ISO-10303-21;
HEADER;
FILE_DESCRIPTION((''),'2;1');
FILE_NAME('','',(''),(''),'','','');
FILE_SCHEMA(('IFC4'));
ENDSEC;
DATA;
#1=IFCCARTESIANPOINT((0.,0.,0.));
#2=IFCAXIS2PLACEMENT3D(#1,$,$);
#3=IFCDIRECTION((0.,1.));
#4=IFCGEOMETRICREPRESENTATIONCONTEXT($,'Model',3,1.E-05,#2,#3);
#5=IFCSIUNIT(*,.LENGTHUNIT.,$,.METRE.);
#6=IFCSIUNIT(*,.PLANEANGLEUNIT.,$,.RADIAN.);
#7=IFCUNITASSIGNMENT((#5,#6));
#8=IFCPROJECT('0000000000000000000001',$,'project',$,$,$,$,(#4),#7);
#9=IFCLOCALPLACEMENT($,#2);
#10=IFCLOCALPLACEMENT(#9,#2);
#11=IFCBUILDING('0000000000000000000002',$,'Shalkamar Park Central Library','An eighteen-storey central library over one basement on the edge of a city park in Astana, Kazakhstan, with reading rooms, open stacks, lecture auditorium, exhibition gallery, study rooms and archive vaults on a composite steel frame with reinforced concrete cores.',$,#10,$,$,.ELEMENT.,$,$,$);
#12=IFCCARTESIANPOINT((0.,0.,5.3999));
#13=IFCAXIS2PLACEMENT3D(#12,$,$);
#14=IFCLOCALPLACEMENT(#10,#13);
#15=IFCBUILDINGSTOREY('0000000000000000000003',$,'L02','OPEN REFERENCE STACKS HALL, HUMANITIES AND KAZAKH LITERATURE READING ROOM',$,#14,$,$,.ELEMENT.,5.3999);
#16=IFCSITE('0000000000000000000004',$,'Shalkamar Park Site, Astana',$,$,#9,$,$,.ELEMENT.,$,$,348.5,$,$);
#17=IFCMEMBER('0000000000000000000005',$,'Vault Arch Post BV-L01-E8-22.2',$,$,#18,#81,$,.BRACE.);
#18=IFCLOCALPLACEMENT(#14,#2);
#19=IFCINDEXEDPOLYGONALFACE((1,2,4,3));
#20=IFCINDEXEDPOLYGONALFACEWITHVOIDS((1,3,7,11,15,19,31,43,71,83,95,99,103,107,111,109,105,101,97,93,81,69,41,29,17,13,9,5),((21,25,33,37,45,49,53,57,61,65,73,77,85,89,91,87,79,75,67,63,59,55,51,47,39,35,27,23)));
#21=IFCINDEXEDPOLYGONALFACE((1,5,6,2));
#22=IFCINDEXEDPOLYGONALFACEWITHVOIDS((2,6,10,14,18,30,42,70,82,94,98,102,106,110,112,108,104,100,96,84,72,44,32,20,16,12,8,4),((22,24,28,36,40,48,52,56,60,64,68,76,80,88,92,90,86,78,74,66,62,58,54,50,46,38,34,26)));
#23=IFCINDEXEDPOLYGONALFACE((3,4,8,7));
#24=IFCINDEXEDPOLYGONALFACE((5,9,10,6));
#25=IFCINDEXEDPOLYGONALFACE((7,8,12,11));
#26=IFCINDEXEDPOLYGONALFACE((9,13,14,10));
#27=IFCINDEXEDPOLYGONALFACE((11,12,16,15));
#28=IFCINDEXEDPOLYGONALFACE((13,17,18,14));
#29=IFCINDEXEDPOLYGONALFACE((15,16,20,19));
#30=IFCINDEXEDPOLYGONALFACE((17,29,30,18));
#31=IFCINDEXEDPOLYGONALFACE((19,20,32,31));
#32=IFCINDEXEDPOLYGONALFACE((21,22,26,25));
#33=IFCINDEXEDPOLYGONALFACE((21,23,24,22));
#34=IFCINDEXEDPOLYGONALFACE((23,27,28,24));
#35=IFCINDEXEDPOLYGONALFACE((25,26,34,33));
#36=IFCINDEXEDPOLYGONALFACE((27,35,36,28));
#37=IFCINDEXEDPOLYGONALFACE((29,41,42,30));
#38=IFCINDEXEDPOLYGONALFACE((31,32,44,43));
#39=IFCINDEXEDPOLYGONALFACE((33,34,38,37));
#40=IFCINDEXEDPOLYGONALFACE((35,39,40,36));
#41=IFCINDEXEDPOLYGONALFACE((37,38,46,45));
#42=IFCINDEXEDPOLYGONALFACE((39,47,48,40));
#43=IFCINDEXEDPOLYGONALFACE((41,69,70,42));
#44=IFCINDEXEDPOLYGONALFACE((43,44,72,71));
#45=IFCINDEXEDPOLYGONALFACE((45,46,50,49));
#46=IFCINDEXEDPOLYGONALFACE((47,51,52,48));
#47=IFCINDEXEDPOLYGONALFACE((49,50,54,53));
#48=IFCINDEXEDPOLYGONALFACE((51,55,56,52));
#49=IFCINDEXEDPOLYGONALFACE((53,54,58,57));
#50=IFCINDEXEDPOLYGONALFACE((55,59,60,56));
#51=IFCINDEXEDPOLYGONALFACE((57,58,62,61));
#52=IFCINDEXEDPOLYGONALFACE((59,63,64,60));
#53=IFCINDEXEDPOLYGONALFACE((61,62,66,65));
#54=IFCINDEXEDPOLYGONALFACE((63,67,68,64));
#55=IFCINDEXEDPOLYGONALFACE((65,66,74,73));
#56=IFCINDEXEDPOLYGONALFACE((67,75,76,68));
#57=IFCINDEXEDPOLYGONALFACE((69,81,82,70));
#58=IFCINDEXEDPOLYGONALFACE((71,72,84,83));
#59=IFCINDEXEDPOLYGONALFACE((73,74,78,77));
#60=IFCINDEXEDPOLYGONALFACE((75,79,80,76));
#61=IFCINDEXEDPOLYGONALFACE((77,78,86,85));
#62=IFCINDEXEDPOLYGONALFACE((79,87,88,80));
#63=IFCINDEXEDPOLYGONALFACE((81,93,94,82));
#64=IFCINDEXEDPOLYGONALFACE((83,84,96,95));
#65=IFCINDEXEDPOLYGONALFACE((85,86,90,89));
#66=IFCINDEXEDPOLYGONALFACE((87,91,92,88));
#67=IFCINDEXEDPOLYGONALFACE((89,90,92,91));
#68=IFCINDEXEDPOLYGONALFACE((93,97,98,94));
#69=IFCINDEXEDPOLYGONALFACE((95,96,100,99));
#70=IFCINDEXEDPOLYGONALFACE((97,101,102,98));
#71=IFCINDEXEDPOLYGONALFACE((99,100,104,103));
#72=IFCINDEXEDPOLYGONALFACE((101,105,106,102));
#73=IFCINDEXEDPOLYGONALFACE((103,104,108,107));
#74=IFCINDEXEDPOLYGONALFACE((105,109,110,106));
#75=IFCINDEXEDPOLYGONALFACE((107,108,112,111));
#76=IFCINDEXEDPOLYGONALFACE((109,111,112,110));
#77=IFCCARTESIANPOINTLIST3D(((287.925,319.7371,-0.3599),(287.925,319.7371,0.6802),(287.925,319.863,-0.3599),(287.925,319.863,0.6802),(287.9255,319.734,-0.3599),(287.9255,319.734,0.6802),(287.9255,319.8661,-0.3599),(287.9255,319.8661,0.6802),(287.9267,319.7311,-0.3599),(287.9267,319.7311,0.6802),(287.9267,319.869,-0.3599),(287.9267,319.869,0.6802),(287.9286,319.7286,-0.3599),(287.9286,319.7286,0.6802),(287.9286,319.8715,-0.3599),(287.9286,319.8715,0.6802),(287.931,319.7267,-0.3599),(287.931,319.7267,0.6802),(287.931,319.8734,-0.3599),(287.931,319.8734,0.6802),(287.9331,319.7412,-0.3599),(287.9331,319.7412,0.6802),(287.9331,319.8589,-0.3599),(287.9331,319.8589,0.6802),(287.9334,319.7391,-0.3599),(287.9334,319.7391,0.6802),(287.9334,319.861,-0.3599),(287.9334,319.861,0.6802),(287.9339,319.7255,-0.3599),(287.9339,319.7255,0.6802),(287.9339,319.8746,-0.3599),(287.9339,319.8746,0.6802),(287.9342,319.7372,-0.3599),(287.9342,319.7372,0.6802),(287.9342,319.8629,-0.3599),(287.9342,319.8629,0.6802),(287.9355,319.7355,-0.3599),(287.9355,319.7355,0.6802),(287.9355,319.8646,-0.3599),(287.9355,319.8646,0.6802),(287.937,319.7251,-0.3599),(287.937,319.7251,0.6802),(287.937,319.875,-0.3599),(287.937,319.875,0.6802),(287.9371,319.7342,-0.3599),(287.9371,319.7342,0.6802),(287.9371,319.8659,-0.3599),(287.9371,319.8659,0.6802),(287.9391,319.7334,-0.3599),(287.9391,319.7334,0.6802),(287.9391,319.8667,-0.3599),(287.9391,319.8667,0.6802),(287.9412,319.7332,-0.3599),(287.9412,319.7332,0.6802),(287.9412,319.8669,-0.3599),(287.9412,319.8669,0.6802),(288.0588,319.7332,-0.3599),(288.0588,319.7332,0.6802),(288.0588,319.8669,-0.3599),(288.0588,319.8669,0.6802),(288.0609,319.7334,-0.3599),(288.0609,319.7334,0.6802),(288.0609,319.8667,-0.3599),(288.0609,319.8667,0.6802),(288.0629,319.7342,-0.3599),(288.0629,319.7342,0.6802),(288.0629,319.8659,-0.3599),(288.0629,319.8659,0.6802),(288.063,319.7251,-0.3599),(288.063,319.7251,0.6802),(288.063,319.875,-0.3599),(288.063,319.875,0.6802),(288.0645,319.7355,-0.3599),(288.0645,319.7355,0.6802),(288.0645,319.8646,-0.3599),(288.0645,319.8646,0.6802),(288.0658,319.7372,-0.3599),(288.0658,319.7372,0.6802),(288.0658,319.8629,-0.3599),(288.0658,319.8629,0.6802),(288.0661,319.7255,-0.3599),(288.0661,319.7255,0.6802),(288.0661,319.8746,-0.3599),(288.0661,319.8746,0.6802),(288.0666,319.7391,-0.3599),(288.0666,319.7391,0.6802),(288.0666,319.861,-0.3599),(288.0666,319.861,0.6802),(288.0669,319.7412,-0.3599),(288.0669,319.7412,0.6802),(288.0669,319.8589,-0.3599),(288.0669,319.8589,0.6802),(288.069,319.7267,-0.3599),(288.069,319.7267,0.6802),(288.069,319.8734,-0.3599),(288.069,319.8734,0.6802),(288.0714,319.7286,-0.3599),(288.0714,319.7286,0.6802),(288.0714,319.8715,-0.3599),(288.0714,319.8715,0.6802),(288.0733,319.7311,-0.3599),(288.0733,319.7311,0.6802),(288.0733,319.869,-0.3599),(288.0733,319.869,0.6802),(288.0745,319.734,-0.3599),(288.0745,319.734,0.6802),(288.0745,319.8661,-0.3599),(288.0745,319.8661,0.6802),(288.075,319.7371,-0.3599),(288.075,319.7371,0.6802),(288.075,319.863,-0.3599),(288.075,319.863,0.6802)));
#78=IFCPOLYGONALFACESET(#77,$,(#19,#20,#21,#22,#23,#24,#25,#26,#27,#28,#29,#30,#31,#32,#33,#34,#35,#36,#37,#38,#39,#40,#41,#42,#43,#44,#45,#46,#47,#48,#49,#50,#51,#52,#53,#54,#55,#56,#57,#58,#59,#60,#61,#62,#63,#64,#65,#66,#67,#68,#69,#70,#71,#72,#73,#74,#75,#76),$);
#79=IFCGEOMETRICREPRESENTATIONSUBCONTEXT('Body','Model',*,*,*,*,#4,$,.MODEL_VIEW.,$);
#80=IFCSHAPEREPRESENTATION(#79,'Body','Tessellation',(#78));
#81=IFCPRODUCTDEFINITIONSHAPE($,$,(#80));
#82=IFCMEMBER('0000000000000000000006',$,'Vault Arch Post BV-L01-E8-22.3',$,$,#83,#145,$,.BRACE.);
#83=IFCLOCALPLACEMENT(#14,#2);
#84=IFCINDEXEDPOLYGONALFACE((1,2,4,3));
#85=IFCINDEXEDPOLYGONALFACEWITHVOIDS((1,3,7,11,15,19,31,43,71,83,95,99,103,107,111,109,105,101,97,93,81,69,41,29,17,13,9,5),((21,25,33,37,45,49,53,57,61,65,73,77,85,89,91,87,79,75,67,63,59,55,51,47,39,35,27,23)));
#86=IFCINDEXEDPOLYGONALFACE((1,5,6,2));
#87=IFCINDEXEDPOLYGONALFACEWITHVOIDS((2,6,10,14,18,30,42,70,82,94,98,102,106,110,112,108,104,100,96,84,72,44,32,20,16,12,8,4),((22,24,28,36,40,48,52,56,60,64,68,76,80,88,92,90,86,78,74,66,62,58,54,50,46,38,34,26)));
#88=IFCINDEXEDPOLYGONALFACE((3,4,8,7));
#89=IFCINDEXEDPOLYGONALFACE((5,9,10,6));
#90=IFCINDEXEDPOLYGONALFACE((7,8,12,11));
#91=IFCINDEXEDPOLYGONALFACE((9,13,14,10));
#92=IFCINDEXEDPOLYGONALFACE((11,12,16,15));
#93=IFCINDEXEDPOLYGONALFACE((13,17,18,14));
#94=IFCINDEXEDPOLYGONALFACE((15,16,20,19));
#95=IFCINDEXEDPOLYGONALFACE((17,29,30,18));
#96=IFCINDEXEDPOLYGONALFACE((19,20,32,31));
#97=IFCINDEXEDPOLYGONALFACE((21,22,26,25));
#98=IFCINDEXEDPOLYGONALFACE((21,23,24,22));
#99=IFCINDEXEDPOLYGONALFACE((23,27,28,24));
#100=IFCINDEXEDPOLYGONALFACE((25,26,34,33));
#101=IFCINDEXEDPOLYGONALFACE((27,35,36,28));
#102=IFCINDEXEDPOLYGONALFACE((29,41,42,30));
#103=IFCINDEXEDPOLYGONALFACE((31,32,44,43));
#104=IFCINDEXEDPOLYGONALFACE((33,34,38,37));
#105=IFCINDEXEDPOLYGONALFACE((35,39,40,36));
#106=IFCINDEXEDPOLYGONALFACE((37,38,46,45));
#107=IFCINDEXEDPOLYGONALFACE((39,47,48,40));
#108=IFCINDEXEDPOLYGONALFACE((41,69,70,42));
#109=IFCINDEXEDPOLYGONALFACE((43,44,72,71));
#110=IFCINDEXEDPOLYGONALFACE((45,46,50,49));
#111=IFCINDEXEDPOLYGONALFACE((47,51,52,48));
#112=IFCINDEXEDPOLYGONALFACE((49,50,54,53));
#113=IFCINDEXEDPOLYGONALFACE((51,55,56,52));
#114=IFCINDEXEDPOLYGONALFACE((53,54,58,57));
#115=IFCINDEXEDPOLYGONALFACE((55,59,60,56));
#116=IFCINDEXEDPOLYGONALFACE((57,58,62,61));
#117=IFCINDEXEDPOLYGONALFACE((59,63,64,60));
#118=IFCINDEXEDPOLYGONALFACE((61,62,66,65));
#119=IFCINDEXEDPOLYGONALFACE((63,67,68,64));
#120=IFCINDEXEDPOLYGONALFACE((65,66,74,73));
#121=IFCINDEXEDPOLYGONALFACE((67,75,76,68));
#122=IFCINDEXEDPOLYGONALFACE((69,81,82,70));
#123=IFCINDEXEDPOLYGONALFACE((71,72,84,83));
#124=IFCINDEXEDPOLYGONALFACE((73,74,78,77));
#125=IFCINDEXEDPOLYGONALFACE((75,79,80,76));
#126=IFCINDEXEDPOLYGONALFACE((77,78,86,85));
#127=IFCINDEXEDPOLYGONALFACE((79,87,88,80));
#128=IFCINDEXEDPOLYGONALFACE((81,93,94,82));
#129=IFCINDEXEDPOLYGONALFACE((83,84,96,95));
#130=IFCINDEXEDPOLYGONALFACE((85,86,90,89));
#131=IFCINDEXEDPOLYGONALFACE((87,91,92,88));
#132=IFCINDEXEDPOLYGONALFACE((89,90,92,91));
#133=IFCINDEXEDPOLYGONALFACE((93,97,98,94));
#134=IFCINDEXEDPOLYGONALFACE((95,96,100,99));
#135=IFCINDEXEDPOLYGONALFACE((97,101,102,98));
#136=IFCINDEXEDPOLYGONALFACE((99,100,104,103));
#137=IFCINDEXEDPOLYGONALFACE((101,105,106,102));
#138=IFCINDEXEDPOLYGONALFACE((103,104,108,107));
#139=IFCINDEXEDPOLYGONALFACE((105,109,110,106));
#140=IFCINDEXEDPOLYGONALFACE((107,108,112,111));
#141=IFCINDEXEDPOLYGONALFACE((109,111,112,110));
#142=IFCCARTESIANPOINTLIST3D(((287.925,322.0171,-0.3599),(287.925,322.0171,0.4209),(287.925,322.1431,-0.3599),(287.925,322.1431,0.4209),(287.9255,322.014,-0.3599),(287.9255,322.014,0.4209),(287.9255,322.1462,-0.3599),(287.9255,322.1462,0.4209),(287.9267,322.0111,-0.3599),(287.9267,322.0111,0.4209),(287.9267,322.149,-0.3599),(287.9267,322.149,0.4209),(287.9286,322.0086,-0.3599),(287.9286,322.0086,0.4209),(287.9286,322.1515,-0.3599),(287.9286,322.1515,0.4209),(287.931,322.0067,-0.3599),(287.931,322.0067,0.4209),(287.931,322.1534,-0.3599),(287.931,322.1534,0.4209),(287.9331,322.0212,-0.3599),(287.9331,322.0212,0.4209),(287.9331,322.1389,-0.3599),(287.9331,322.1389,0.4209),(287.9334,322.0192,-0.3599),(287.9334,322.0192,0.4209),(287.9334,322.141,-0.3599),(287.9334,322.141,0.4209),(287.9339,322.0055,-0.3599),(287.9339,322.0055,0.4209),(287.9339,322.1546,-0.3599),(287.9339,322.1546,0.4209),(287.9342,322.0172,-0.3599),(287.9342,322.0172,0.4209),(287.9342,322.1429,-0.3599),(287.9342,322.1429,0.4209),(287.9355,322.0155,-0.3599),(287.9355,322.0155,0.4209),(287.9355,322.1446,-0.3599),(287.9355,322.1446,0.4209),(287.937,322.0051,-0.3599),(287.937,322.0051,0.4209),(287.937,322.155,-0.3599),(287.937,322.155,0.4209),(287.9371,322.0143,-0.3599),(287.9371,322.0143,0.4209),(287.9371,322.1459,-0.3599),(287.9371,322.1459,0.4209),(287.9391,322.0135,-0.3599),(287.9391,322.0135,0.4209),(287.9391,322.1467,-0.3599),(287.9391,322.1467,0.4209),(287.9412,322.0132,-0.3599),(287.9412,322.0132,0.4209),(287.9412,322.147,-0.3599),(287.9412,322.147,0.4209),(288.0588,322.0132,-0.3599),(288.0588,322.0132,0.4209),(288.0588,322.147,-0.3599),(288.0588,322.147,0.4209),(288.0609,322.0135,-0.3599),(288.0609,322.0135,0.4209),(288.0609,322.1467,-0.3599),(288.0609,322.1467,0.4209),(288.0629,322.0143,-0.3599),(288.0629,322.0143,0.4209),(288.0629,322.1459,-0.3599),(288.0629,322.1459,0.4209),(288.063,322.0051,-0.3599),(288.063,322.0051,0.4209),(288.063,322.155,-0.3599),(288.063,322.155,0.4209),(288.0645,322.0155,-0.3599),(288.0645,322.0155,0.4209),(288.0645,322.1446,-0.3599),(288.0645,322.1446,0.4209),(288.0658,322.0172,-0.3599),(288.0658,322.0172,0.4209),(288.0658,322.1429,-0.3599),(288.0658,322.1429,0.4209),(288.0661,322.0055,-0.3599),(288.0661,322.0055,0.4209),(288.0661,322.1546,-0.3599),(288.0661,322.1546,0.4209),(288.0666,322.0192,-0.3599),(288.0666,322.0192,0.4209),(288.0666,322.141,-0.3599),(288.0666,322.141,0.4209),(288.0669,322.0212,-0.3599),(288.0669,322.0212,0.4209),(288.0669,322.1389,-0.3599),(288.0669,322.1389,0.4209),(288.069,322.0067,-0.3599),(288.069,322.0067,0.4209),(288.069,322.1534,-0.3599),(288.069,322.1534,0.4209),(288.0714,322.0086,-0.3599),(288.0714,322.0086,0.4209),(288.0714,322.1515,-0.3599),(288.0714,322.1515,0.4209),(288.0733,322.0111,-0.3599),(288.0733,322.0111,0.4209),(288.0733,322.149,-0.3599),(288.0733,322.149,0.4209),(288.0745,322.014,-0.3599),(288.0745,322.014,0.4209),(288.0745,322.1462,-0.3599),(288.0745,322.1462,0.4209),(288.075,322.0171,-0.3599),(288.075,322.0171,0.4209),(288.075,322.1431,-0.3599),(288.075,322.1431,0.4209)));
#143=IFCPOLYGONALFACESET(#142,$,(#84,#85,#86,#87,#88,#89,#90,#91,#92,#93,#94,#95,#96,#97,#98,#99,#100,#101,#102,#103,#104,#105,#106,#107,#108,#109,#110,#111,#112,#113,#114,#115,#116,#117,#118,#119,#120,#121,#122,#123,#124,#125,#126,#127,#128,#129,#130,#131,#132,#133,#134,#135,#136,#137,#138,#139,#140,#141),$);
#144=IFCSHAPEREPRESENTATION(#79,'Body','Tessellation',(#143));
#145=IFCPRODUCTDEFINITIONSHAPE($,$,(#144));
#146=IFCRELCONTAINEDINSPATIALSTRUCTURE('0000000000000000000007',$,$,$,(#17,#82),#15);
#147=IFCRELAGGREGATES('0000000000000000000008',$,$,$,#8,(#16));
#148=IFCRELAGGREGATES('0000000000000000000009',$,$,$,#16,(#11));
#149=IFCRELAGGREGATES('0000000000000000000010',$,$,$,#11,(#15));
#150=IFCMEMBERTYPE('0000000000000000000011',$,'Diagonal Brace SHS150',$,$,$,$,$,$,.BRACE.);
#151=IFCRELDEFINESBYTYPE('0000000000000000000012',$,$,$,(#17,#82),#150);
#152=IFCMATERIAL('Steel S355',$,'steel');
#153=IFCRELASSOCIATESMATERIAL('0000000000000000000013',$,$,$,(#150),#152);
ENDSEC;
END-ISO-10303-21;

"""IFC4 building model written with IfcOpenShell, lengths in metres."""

from ifc_helpers import new_model, si_unit, direction, frame, origin, origin_2d, place, context, subcontext, project, spatial, hollow_rectangle, extrude, material, material_profile, profile_set, type_object, element, save


model = new_model("IFC4")

# Units and contexts
model_context = context("Model", 3, precision=1e-05, world=origin(), true_north=direction((0.0, 1.0)))
body_context = subcontext(model_context, "Body", "Model", "MODEL_VIEW")
ifc_project = project(units=[si_unit("LENGTHUNIT", "METRE"), si_unit("PLANEANGLEUNIT", "RADIAN")], contexts=[model_context])

# Site, building, storey
site_placement = place(None, origin())
site = spatial("IfcSite", under=ifc_project, at=site_placement, Name="Shalkamar Park Site, Astana", CompositionType="ELEMENT", RefElevation=348.5)
building_placement = place(site_placement, origin())
building = spatial("IfcBuilding", under=site, at=building_placement, Name="Shalkamar Park Central Library", Description="An eighteen-storey central library over one basement on the edge of a city park in Astana, Kazakhstan, with reading rooms, open stacks, lecture auditorium, exhibition gallery, study rooms and archive vaults on a composite steel frame with reinforced concrete cores.", CompositionType="ELEMENT")
storey_placement = place(building_placement, frame((0.0, 0.0, 5.3999)))
storey = spatial("IfcBuildingStorey", under=building, at=storey_placement, Name="L02", Description="OPEN REFERENCE STACKS HALL, HUMANITIES AND KAZAKH LITERATURE READING ROOM", CompositionType="ELEMENT", Elevation=5.3999)

# Shared definitions
ifc_material_1 = material(Name="Steel S355", Category="steel")

# Members
ifc_material_profile_1 = material_profile(ifc_material_1, hollow_rectangle(XDim=0.1499, YDim=0.1499, WallThickness=0.0081, InnerFilletRadius=0.0081, OuterFilletRadius=0.012, at=origin_2d()), Name="SHS 150x150x8")
ifc_profile_set_1 = profile_set([ifc_material_profile_1], Name="Steel S355")
member_type_1 = type_object("IfcMemberType", Name="Diagonal Brace SHS150", PredefinedType="BRACE", material=ifc_profile_set_1)
member_1_placement = place(storey_placement, frame((288.0, 319.8, -0.3599), z_axis=(0.0, 0.0, 1.0), x_axis=(1.0, 0.0, 0.0)))
element("IfcMember", 1, at=member_1_placement, inside=storey, type_object=member_type_1, Name="Vault Arch Post BV-L01-E8-22.2", PredefinedType="BRACE", context=body_context, shape_type="SweptSolid", body=[
    extrude(hollow_rectangle(XDim=0.1499, YDim=0.1499, WallThickness=0.0081, InnerFilletRadius=0.0081, OuterFilletRadius=0.012, at=origin_2d()), origin(), (0.0, 0.0, 1.0), 1.04),
])
for number, where, z_axis, x_axis, name in (
    (2, (288.0, 322.0801, -0.3599), (0.0, 0.0, 1.0), (1.0, 0.0, 0.0), "Vault Arch Post BV-L01-E8-22.3"),
):
    element("IfcMember", number, at=place(storey_placement, frame(where, z_axis=z_axis, x_axis=x_axis)), inside=storey, type_object=member_type_1, Name=name, PredefinedType="BRACE", context=body_context, shape_type="SweptSolid", body=[
        extrude(hollow_rectangle(XDim=0.1499, YDim=0.1499, WallThickness=0.0081, InnerFilletRadius=0.0081, OuterFilletRadius=0.012, at=origin_2d()), origin(), (0.0, 0.0, 1.0), 0.7808),
    ])

save(model, "model.ifc")
